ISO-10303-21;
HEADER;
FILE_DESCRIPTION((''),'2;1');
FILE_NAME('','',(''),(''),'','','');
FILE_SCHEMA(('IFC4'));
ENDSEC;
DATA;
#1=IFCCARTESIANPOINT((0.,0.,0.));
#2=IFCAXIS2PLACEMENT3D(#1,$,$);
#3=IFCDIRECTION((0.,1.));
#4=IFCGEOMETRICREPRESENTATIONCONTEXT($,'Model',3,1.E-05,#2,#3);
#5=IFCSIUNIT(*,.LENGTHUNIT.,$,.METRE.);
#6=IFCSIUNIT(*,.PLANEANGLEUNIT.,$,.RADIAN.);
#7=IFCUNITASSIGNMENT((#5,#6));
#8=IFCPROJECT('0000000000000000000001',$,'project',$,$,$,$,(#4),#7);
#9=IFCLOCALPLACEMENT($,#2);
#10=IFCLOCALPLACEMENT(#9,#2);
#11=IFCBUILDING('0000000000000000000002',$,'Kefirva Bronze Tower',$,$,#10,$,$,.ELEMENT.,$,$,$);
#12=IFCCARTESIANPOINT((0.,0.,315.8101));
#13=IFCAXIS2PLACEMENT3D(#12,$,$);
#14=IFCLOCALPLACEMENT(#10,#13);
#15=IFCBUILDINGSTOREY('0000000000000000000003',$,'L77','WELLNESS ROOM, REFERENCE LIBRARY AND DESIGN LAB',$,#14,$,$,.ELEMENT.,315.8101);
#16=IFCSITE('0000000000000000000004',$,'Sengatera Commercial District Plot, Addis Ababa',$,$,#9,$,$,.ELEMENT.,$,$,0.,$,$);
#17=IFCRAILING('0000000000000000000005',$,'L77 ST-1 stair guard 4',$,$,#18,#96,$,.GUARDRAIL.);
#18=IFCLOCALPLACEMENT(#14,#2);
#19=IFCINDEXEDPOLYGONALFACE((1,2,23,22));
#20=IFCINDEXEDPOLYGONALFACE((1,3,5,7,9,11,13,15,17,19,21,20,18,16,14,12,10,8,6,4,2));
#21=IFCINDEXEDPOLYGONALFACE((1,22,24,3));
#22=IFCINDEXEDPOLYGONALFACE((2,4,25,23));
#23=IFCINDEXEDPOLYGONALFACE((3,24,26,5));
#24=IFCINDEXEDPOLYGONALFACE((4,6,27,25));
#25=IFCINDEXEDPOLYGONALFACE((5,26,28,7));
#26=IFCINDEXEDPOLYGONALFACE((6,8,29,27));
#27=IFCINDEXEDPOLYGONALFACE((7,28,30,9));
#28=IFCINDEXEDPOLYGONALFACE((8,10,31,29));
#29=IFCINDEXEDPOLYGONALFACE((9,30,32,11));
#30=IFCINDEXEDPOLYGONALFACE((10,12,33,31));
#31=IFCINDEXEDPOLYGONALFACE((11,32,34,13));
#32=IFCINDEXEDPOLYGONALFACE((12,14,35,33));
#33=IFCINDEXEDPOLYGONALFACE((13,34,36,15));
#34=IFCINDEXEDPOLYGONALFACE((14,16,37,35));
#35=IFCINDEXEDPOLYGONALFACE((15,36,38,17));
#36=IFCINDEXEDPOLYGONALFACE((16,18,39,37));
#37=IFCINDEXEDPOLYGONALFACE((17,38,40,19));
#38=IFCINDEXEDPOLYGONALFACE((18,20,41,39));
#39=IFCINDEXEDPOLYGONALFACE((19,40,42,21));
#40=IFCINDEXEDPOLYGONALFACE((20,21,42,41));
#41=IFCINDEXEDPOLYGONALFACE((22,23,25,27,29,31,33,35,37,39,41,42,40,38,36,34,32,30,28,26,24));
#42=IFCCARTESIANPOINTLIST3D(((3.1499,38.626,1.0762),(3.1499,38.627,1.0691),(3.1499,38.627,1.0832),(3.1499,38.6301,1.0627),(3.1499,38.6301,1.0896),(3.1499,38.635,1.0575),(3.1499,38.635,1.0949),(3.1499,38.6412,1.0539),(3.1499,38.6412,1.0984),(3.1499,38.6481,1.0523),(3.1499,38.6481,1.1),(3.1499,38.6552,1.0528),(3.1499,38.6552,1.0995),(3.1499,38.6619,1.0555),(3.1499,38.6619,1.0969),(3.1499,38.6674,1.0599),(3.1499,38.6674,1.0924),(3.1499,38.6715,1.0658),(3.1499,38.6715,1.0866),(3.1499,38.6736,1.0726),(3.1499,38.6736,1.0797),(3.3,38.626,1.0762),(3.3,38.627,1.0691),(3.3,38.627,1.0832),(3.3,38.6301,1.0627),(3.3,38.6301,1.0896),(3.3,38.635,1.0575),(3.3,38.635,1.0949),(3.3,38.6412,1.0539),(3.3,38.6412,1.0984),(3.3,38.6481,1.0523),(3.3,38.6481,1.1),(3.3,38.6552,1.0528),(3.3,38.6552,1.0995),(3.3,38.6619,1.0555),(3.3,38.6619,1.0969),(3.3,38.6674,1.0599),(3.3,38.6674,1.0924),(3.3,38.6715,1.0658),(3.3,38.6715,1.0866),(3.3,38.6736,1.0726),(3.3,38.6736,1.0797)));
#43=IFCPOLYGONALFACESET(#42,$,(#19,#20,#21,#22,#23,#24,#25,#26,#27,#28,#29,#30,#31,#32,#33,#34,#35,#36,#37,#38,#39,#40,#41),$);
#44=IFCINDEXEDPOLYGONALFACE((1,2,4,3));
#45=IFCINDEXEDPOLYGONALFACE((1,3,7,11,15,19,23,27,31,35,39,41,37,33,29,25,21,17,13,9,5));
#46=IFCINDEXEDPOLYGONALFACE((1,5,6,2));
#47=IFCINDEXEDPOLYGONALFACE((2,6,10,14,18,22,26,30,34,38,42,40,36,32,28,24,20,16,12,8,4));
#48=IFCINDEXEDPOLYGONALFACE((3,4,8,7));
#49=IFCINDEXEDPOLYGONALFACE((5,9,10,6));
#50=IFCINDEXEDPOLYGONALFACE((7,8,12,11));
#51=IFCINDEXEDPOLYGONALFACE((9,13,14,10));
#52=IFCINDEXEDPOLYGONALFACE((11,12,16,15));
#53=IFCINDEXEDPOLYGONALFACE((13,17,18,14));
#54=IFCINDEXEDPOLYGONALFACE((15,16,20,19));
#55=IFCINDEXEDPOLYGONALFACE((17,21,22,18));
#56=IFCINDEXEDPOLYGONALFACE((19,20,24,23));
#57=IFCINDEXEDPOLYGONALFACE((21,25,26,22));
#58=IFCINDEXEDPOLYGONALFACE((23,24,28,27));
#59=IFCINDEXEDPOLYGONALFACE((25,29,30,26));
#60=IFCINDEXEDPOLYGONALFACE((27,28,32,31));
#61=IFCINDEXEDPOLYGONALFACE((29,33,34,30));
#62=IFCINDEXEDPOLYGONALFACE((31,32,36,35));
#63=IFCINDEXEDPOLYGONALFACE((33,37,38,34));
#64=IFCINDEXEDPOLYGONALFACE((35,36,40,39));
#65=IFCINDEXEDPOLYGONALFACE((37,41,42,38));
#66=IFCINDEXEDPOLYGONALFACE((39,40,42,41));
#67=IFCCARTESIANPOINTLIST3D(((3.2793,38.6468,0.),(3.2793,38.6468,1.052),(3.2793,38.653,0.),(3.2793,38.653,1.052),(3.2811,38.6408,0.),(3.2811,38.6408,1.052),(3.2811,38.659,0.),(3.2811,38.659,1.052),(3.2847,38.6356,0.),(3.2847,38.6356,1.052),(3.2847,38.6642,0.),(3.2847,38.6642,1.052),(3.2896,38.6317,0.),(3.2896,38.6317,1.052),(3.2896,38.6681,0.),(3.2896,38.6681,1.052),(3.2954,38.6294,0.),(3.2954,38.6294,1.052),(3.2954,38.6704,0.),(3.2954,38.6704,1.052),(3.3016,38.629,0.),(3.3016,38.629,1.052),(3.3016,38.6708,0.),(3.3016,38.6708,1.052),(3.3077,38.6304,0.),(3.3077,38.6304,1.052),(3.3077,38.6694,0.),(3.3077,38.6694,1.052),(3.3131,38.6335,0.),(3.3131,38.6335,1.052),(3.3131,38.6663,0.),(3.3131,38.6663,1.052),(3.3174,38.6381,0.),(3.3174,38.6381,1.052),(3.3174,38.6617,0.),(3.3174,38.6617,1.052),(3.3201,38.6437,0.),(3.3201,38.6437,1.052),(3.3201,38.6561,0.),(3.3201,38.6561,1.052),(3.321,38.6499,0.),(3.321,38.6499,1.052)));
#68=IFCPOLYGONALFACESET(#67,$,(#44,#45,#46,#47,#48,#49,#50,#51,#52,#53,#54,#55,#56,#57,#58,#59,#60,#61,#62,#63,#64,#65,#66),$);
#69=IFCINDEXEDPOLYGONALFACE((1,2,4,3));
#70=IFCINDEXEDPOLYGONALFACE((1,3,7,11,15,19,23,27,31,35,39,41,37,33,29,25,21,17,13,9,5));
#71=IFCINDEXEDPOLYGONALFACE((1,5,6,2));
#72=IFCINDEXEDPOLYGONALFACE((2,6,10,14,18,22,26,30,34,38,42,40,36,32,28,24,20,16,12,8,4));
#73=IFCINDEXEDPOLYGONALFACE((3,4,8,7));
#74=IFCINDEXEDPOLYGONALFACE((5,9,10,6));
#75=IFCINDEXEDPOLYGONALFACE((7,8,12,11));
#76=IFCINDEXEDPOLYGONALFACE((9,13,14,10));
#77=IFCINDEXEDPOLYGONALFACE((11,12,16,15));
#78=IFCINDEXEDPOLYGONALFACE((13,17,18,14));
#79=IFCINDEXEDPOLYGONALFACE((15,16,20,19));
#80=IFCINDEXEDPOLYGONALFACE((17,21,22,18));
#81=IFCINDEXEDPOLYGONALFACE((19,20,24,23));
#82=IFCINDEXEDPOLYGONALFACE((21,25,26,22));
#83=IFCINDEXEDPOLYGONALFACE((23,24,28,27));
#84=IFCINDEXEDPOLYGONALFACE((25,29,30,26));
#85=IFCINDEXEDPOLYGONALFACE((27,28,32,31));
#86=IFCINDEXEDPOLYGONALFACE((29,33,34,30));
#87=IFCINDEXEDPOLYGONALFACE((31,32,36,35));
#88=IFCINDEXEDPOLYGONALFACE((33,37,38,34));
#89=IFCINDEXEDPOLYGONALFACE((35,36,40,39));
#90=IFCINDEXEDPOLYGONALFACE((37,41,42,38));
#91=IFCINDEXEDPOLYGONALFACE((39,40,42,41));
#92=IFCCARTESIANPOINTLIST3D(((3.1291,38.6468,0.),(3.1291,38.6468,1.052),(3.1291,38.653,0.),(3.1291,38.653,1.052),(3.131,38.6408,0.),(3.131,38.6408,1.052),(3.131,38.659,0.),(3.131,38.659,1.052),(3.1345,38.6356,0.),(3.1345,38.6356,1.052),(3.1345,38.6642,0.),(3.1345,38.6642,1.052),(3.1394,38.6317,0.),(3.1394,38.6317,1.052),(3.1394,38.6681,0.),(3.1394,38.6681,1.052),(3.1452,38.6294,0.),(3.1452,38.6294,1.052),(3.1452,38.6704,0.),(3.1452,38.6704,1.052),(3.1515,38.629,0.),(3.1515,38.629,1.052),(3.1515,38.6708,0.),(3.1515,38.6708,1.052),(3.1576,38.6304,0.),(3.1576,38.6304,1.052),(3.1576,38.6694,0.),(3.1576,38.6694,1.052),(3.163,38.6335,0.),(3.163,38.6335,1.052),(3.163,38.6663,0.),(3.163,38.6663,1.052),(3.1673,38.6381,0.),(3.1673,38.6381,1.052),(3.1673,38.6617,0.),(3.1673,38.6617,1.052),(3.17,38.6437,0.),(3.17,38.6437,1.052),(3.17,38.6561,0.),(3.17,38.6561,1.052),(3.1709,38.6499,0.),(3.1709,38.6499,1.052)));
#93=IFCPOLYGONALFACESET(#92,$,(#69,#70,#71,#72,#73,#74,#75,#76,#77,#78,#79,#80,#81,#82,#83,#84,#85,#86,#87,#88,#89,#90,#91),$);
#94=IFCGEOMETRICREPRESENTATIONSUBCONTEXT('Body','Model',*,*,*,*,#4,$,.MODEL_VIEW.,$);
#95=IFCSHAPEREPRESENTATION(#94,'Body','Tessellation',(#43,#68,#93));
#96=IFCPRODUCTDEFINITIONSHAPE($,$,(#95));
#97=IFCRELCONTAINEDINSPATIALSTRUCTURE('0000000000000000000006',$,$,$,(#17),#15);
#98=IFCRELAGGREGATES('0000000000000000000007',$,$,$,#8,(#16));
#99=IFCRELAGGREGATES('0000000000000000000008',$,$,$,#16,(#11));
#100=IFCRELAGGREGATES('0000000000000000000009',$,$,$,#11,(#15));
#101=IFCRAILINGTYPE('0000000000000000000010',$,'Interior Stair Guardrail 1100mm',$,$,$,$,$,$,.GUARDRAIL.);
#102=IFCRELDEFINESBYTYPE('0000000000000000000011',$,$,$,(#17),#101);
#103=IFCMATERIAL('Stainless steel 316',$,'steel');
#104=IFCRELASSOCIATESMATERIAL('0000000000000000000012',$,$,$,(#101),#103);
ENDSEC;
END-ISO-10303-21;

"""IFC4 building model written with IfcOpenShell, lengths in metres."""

from ifc_helpers import new_model, si_unit, direction, frame, origin, origin_2d, place, context, subcontext, project, spatial, circle, extrude, material, type_object, element, save


model = new_model("IFC4")

# Units and contexts
model_context = context("Model", 3, precision=1e-05, world=origin(), true_north=direction((0.0, 1.0)))
body_context = subcontext(model_context, "Body", "Model", "MODEL_VIEW")
ifc_project = project(units=[si_unit("LENGTHUNIT", "METRE"), si_unit("PLANEANGLEUNIT", "RADIAN")], contexts=[model_context])

# Site, building, storey
site_placement = place(None, origin())
site = spatial("IfcSite", under=ifc_project, at=site_placement, Name="Sengatera Commercial District Plot, Addis Ababa", CompositionType="ELEMENT", RefElevation=0.0)
building_placement = place(site_placement, origin())
building = spatial("IfcBuilding", under=site, at=building_placement, Name="Kefirva Bronze Tower", CompositionType="ELEMENT")
storey_placement = place(building_placement, frame((0.0, 0.0, 315.8101)))
storey = spatial("IfcBuildingStorey", under=building, at=storey_placement, Name="L77", Description="WELLNESS ROOM, REFERENCE LIBRARY AND DESIGN LAB", CompositionType="ELEMENT", Elevation=315.8101)

# Railing
ifc_material_1 = material(Name="Stainless steel 316", Category="steel")
railing_type_1 = type_object("IfcRailingType", Name="Interior Stair Guardrail 1100mm", PredefinedType="GUARDRAIL", material=ifc_material_1)
railing_1_placement = place(storey_placement, frame((3.3, 38.6499, 0.0)))
element("IfcRailing", 1, at=railing_1_placement, inside=storey, type_object=railing_type_1, Name="L77 ST-1 stair guard 4", PredefinedType="GUARDRAIL", context=body_context, shape_type="SweptSolid", body=[
    extrude(circle(Radius=0.0239, at=origin_2d()), frame((0.0, 0.0, 1.0762), z_axis=(-1.0, 0.0, 0.0), x_axis=(0.0, -1.0, 0.0)), (0.0, 0.0, 1.0), 0.1501),
    extrude(circle(Radius=0.021, at=origin_2d()), origin(), (0.0, 0.0, 1.0), 1.052),
    extrude(circle(Radius=0.021, at=origin_2d()), frame((-0.1501, 0.0, 0.0)), (0.0, 0.0, 1.0), 1.052),
])

save(model, "model.ifc")
